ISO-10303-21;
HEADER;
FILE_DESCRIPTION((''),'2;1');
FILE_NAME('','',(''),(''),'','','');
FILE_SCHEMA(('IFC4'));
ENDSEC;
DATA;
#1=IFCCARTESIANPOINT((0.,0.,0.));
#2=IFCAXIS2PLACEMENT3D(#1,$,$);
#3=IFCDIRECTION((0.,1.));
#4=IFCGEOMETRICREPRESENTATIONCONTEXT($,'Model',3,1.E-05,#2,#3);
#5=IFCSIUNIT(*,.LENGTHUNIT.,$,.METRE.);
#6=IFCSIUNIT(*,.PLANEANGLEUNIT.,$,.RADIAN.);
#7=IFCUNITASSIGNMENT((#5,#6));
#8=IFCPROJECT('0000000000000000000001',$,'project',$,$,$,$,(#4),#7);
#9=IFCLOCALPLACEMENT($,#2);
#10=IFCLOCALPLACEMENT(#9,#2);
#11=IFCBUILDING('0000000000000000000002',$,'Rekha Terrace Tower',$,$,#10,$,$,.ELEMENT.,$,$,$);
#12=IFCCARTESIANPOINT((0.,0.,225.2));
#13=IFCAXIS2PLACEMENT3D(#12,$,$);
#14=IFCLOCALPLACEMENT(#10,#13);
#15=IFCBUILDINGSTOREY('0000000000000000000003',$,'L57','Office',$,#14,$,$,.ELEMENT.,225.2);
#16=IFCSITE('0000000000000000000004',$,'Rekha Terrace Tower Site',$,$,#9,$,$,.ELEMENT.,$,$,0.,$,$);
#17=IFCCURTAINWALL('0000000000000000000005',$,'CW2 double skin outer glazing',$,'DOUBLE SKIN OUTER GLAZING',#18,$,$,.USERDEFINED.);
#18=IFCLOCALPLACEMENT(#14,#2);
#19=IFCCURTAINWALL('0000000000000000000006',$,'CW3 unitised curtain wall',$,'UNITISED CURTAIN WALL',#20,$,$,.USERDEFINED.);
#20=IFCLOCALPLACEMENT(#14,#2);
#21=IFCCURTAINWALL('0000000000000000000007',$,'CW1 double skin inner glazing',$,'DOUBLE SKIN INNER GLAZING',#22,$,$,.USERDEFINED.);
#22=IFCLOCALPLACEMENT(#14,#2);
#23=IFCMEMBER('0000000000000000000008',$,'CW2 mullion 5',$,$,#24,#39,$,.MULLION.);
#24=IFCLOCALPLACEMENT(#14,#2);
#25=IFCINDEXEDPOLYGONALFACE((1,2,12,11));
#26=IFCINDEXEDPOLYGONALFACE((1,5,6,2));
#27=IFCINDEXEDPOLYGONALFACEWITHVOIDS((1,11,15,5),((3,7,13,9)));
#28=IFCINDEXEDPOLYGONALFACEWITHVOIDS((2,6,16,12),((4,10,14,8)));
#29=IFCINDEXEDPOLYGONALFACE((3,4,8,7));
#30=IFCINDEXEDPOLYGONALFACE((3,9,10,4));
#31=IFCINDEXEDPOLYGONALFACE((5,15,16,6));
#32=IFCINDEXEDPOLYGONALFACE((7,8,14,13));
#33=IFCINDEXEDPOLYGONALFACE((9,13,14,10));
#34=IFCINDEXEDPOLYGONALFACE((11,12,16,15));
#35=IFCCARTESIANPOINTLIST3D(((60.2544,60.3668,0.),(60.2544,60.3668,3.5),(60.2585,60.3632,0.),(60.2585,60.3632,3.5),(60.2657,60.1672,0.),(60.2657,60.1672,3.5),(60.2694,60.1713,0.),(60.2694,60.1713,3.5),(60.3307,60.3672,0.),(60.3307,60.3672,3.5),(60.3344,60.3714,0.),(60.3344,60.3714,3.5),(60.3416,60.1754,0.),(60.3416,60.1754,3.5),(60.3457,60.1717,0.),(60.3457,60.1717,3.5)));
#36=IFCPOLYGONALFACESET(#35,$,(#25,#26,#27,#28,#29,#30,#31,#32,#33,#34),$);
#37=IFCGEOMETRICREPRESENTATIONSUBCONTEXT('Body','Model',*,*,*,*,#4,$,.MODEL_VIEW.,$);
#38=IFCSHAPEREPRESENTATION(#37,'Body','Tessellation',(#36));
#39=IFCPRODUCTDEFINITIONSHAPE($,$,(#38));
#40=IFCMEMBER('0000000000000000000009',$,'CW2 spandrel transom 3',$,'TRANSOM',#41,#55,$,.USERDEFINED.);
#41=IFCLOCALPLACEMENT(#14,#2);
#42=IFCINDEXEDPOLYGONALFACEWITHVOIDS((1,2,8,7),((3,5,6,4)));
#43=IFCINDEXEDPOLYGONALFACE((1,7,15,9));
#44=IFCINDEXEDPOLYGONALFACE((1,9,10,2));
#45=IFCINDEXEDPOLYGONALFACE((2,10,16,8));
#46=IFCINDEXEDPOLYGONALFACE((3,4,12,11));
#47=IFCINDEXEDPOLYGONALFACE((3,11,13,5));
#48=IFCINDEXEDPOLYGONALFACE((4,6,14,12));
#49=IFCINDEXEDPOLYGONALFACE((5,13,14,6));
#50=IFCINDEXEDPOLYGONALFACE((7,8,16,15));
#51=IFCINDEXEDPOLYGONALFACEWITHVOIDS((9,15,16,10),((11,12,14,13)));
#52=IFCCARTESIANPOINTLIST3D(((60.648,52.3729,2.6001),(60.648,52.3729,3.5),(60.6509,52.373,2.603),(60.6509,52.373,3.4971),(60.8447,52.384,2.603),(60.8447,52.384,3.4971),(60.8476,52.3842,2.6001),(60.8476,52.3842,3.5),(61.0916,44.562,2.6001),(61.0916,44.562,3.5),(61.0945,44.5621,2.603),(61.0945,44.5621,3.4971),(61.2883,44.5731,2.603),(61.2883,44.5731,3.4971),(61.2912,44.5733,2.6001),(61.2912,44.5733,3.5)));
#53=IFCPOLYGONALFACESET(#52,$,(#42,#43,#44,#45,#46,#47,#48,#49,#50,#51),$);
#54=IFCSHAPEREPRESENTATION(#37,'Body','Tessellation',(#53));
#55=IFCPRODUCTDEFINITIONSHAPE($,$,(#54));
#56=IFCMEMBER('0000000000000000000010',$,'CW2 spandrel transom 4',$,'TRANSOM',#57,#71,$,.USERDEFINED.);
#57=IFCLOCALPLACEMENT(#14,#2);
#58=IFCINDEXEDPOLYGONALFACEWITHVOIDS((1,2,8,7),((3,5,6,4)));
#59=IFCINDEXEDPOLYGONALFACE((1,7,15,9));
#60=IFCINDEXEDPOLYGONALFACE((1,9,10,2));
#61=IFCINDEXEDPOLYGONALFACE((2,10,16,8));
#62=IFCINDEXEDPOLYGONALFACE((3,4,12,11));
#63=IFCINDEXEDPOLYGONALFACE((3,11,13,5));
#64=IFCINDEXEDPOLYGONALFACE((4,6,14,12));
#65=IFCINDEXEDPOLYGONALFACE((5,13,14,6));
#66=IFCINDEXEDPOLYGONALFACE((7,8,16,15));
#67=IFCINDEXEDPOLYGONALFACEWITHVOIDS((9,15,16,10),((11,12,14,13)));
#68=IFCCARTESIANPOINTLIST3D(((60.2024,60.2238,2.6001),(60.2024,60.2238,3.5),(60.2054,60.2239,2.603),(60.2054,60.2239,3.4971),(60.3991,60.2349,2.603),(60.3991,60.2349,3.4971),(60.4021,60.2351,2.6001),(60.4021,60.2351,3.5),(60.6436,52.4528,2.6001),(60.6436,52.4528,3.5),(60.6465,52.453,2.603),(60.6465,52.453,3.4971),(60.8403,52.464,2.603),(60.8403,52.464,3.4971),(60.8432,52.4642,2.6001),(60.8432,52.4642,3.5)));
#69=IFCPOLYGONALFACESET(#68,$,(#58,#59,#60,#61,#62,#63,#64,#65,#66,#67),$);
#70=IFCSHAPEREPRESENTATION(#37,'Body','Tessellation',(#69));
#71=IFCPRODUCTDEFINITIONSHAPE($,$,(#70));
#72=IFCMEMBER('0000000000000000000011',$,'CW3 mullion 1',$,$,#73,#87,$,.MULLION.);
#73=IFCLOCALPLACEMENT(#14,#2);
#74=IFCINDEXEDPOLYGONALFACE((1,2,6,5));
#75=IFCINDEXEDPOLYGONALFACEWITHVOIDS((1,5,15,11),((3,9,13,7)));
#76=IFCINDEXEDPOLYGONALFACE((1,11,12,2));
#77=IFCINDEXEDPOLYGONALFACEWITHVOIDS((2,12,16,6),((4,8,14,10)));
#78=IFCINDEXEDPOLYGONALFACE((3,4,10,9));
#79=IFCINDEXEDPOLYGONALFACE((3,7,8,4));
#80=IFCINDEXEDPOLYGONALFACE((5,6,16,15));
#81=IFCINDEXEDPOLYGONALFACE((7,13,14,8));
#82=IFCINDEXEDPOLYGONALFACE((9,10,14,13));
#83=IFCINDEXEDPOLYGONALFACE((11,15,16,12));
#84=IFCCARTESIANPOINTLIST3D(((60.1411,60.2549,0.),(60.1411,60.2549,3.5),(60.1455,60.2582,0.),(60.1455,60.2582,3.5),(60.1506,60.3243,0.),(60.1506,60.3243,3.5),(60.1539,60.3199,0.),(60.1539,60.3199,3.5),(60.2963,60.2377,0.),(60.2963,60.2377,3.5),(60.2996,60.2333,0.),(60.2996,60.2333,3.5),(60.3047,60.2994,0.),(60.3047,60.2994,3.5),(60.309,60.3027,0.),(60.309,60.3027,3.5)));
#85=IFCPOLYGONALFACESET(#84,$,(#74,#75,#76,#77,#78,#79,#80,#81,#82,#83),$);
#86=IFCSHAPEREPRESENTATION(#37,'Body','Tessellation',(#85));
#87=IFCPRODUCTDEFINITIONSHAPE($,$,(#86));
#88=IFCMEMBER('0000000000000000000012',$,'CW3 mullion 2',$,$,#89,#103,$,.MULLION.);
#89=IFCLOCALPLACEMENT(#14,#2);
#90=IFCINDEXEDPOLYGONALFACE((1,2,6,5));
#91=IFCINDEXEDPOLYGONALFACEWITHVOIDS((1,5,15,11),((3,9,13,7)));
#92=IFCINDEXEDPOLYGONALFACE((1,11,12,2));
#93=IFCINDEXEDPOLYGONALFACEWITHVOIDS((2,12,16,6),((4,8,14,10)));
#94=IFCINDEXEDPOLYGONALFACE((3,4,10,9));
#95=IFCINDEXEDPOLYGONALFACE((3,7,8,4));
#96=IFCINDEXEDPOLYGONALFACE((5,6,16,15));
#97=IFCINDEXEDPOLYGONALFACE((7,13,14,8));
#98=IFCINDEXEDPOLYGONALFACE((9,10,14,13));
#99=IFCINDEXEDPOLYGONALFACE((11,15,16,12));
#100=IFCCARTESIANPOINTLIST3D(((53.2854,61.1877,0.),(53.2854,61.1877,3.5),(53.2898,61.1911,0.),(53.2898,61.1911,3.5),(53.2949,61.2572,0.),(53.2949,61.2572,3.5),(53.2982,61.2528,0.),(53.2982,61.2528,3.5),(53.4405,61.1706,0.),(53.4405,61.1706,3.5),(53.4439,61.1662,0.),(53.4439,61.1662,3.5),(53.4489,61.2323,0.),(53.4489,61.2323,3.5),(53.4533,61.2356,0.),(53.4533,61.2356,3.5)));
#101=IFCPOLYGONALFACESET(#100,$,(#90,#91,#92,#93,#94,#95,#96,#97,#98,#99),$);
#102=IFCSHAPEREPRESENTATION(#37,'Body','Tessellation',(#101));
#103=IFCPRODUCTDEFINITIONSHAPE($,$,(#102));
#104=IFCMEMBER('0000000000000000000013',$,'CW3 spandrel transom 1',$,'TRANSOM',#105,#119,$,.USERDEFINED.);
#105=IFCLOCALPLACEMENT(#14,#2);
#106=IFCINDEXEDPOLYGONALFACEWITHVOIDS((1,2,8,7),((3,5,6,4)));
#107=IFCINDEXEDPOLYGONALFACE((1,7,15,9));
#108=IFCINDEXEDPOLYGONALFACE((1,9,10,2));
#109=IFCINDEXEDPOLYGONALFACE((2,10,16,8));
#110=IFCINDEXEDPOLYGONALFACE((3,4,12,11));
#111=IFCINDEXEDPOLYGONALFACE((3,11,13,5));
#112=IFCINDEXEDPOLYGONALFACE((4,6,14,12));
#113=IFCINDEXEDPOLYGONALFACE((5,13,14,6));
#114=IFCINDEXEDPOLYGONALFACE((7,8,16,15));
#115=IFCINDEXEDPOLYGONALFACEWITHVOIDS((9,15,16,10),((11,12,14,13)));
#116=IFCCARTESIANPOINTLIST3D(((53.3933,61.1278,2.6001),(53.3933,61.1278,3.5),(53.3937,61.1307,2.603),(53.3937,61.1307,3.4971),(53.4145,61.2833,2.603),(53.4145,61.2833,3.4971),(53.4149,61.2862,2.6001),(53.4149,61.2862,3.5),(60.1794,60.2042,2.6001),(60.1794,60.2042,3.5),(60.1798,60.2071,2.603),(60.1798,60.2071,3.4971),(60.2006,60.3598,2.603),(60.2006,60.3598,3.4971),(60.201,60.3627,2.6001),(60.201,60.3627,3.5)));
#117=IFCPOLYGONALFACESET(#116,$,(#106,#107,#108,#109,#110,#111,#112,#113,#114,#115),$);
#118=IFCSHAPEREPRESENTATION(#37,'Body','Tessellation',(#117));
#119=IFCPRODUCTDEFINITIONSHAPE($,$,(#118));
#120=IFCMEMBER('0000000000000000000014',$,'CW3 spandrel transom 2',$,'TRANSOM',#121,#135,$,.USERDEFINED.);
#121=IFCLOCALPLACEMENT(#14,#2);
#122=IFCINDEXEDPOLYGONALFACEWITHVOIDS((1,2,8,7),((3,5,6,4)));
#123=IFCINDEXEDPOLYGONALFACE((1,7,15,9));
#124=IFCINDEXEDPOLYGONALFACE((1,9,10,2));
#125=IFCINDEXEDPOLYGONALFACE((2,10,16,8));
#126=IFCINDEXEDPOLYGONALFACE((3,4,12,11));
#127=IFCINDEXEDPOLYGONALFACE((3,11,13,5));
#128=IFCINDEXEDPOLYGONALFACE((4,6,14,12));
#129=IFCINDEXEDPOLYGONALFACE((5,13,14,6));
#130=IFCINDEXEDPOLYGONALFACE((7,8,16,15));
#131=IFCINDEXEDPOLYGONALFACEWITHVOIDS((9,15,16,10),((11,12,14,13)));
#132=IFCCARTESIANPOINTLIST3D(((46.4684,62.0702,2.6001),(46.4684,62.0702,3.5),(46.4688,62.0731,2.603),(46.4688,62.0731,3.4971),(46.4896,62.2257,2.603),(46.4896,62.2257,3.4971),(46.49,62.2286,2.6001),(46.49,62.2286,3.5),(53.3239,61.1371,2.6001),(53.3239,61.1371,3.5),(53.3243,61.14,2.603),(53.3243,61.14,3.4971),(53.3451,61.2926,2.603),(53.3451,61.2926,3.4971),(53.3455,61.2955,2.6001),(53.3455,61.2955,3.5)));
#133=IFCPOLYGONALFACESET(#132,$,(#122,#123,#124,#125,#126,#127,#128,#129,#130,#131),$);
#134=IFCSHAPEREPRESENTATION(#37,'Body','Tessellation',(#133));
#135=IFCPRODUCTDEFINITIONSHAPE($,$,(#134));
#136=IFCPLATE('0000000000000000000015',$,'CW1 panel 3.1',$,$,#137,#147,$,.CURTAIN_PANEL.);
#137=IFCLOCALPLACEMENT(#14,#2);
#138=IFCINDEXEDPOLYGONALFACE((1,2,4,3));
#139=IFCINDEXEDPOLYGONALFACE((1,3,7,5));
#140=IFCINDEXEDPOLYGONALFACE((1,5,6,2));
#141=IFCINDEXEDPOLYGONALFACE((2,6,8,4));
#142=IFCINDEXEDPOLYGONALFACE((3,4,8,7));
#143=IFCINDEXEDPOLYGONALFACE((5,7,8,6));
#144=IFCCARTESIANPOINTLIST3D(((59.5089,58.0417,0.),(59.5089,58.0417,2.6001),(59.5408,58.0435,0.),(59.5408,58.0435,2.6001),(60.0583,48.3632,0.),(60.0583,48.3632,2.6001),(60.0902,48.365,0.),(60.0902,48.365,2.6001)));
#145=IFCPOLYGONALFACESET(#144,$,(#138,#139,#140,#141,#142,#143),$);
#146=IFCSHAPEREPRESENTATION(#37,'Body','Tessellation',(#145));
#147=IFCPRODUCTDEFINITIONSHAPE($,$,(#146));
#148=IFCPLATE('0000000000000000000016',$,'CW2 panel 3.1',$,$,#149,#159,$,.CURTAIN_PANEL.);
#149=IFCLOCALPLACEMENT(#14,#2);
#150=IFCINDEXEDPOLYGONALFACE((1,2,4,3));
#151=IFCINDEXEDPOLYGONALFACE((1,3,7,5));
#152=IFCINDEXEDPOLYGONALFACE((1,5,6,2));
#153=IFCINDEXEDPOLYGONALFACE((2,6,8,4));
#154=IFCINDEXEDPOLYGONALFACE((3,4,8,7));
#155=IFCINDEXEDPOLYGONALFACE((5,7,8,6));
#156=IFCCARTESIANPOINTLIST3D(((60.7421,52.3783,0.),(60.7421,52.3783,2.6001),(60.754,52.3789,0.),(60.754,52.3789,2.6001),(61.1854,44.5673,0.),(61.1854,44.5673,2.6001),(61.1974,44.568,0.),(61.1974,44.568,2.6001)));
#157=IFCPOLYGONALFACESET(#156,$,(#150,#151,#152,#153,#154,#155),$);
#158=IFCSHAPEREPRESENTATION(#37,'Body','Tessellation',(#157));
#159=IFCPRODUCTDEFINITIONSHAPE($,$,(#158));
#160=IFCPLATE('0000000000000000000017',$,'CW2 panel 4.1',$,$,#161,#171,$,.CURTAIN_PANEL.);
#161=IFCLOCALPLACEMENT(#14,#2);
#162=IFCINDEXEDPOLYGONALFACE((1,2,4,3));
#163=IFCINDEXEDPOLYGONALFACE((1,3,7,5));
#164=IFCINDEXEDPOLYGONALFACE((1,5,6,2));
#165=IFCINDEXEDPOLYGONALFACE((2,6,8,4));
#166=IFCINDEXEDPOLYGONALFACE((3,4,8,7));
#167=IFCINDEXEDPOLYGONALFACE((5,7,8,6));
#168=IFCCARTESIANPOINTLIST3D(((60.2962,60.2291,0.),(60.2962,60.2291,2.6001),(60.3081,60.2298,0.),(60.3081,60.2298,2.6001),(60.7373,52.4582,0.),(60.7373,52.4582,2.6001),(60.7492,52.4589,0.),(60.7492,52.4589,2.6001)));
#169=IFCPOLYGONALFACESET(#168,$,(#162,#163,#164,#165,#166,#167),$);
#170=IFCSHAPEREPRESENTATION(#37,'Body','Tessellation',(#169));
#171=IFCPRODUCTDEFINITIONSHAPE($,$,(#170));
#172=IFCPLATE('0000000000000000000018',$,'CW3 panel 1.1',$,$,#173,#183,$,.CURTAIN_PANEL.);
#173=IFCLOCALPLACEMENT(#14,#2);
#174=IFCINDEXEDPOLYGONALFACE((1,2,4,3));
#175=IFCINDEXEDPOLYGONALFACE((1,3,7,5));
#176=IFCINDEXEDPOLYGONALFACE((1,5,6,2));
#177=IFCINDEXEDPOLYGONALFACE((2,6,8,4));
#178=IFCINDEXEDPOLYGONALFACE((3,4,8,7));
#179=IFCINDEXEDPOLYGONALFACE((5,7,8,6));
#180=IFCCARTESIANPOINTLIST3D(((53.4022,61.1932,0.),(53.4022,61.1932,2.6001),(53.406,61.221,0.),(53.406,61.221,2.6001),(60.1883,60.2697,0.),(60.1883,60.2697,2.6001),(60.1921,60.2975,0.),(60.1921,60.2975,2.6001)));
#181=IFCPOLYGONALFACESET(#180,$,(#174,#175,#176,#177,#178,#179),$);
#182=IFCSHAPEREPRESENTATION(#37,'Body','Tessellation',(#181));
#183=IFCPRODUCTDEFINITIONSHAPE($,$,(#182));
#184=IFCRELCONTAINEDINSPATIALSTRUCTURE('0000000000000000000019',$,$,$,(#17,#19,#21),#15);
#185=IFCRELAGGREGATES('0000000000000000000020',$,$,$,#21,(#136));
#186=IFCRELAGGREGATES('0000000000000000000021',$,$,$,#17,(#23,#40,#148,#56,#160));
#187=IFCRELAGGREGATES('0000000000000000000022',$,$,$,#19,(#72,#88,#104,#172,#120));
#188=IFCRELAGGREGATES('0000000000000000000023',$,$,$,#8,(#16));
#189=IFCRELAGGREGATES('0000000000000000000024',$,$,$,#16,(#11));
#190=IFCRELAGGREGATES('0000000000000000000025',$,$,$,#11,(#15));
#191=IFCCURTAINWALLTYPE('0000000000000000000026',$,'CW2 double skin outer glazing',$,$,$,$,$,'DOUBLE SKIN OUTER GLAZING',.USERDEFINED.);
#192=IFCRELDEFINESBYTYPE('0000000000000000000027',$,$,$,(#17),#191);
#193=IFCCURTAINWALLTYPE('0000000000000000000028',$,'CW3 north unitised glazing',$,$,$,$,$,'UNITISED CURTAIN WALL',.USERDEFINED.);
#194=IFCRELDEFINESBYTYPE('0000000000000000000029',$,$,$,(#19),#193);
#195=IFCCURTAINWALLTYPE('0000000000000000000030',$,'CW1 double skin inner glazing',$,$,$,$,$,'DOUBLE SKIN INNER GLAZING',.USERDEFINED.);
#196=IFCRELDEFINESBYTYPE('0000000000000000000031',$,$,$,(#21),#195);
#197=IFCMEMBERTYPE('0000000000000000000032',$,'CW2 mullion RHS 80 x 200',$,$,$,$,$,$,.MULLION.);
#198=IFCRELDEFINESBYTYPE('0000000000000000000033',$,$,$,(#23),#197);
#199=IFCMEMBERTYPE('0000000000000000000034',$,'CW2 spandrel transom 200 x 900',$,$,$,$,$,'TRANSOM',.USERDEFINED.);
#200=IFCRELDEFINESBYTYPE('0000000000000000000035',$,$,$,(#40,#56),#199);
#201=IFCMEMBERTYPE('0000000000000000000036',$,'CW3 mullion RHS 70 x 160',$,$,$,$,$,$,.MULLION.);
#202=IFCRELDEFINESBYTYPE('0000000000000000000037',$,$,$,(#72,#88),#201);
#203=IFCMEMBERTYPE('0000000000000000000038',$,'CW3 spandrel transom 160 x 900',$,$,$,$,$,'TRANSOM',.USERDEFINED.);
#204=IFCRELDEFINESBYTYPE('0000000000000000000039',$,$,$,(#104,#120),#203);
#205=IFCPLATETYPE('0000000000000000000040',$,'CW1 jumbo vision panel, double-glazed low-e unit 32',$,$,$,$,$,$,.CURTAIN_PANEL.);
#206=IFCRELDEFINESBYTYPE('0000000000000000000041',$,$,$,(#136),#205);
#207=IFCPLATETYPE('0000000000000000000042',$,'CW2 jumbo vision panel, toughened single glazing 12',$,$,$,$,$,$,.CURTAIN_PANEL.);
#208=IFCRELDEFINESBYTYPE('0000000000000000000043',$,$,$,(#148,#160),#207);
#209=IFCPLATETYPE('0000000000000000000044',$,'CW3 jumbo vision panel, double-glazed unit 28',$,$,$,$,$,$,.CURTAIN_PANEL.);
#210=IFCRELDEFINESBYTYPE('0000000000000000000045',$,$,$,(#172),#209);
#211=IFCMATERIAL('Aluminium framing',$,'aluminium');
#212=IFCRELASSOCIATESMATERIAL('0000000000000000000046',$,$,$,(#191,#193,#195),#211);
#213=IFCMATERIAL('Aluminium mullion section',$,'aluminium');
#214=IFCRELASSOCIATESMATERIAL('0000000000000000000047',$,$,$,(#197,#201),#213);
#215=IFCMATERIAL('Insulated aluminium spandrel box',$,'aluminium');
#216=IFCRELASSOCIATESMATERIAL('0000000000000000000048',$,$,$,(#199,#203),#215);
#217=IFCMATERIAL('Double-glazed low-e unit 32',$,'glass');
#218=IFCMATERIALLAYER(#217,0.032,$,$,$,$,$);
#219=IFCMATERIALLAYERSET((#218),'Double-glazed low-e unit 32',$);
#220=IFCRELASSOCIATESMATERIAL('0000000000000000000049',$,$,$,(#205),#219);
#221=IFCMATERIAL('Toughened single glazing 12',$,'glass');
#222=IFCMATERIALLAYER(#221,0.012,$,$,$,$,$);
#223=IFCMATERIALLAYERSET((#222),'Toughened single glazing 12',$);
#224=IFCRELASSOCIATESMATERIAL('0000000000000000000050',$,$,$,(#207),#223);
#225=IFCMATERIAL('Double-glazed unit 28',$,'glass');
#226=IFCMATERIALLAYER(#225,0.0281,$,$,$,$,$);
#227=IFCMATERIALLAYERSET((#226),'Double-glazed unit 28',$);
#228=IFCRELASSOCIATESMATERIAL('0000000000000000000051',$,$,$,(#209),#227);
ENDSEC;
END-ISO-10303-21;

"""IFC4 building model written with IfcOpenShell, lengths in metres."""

from ifc_helpers import new_model, si_unit, direction, frame, origin, origin_2d, place, context, subcontext, project, spatial, rectangle, hollow_rectangle, extrude, material, layer, layer_set, material_profile, profile_set, type_object, element, aggregate, save


model = new_model("IFC4")

# Units and contexts
model_context = context("Model", 3, precision=1e-05, world=origin(), true_north=direction((0.0, 1.0)))
body_context = subcontext(model_context, "Body", "Model", "MODEL_VIEW")
ifc_project = project(units=[si_unit("LENGTHUNIT", "METRE"), si_unit("PLANEANGLEUNIT", "RADIAN")], contexts=[model_context])

# Site, building, storey
site_placement = place(None, origin())
site = spatial("IfcSite", under=ifc_project, at=site_placement, Name="Rekha Terrace Tower Site", CompositionType="ELEMENT", RefElevation=0.0)
building_placement = place(site_placement, origin())
building = spatial("IfcBuilding", under=site, at=building_placement, Name="Rekha Terrace Tower", CompositionType="ELEMENT")
storey_placement = place(building_placement, frame((0.0, 0.0, 225.2)))
storey = spatial("IfcBuildingStorey", under=building, at=storey_placement, Name="L57", Description="Office", CompositionType="ELEMENT", Elevation=225.2)

# Curtain wall
ifc_material_1 = material(Name="Aluminium framing", Category="aluminium")
curtain_wall_type_1 = type_object("IfcCurtainWallType", Name="CW2 double skin outer glazing", ElementType="DOUBLE SKIN OUTER GLAZING", PredefinedType="USERDEFINED", material=ifc_material_1)
curtain_wall_1_placement = place(storey_placement, origin())
curtain_wall_1 = element("IfcCurtainWall", 1, at=curtain_wall_1_placement, inside=storey, type_object=curtain_wall_type_1, Name="CW2 double skin outer glazing", ObjectType="DOUBLE SKIN OUTER GLAZING", PredefinedType="USERDEFINED")

# Curtain wall
curtain_wall_type_2 = type_object("IfcCurtainWallType", Name="CW3 north unitised glazing", ElementType="UNITISED CURTAIN WALL", PredefinedType="USERDEFINED", material=ifc_material_1)
curtain_wall_2_placement = place(storey_placement, origin())
curtain_wall_2 = element("IfcCurtainWall", 2, at=curtain_wall_2_placement, inside=storey, type_object=curtain_wall_type_2, Name="CW3 unitised curtain wall", ObjectType="UNITISED CURTAIN WALL", PredefinedType="USERDEFINED")

# Curtain wall
curtain_wall_type_3 = type_object("IfcCurtainWallType", Name="CW1 double skin inner glazing", ElementType="DOUBLE SKIN INNER GLAZING", PredefinedType="USERDEFINED", material=ifc_material_1)
curtain_wall_3_placement = place(storey_placement, origin())
curtain_wall_3 = element("IfcCurtainWall", 3, at=curtain_wall_3_placement, inside=storey, type_object=curtain_wall_type_3, Name="CW1 double skin inner glazing", ObjectType="DOUBLE SKIN INNER GLAZING", PredefinedType="USERDEFINED")
ifc_material_2 = material(Name="Aluminium mullion section", Category="aluminium")
ifc_material_3 = material(Name="Insulated aluminium spandrel box", Category="aluminium")

# Members
ifc_material_profile_1 = material_profile(ifc_material_2, hollow_rectangle(XDim=0.0801, YDim=0.2, WallThickness=0.0039, at=origin_2d()), Name="AL RHS 80x200")
ifc_profile_set_1 = profile_set([ifc_material_profile_1], Name="Aluminium mullion section")
member_type_1 = type_object("IfcMemberType", Name="CW2 mullion RHS 80 x 200", PredefinedType="MULLION", material=ifc_profile_set_1)
member_1_placement = place(storey_placement, frame((60.3, 60.2693, 0.0), z_axis=(0.0, 0.0, 1.0), x_axis=(-0.998393, -0.056673, 0.0)))
member_1 = element("IfcMember", 4, at=member_1_placement, type_object=member_type_1, Name="CW2 mullion 5", PredefinedType="MULLION", context=body_context, shape_type="SweptSolid", body=[
    extrude(hollow_rectangle(XDim=0.0801, YDim=0.2, WallThickness=0.0039, at=origin_2d()), origin(), (0.0, 0.0, 1.0), 3.5),
])
ifc_material_profile_2 = material_profile(ifc_material_3, hollow_rectangle(XDim=0.2, YDim=0.8999, WallThickness=0.0029, at=origin_2d()), Name="AL SPANDREL BOX 200x900")
ifc_profile_set_2 = profile_set([ifc_material_profile_2], Name="Insulated aluminium spandrel box")
member_type_2 = type_object("IfcMemberType", Name="CW2 spandrel transom 200 x 900", ElementType="TRANSOM", PredefinedType="USERDEFINED", material=ifc_profile_set_2)
member_2_placement = place(storey_placement, frame((61.1914, 44.5676, 3.05), z_axis=(-0.056702, 0.998391, 0.0), x_axis=(-0.998391, -0.056702, 0.0)))
member_2 = element("IfcMember", 5, at=member_2_placement, type_object=member_type_2, Name="CW2 spandrel transom 3", ObjectType="TRANSOM", PredefinedType="USERDEFINED", context=body_context, shape_type="SweptSolid", body=[
    extrude(hollow_rectangle(XDim=0.2, YDim=0.8999, WallThickness=0.0029, at=origin_2d()), origin(), (0.0, 0.0, 1.0), 7.8235),
])
member_3_placement = place(storey_placement, frame((60.7434, 52.4585, 3.05), z_axis=(-0.056679, 0.998392, 0.0), x_axis=(-0.998392, -0.056679, 0.0)))
member_3 = element("IfcMember", 6, at=member_3_placement, type_object=member_type_2, Name="CW2 spandrel transom 4", ObjectType="TRANSOM", PredefinedType="USERDEFINED", context=body_context, shape_type="SweptSolid", body=[
    extrude(hollow_rectangle(XDim=0.2, YDim=0.8999, WallThickness=0.0029, at=origin_2d()), origin(), (0.0, 0.0, 1.0), 7.7834),
])
ifc_material_profile_3 = material_profile(ifc_material_2, hollow_rectangle(XDim=0.0701, YDim=0.1599, WallThickness=0.0039, at=origin_2d()), Name="AL RHS 70x160")
ifc_profile_set_3 = profile_set([ifc_material_profile_3], Name="Aluminium mullion section")
member_type_3 = type_object("IfcMemberType", Name="CW3 mullion RHS 70 x 160", PredefinedType="MULLION", material=ifc_profile_set_3)
member_4_placement = place(storey_placement, frame((60.2251, 60.2788, 0.0), z_axis=(0.0, 0.0, 1.0), x_axis=(-0.134841, -0.990867, 0.0)))
member_4 = element("IfcMember", 7, at=member_4_placement, type_object=member_type_3, Name="CW3 mullion 1", PredefinedType="MULLION", context=body_context, shape_type="SweptSolid", body=[
    extrude(hollow_rectangle(XDim=0.0701, YDim=0.1599, WallThickness=0.0039, at=origin_2d()), origin(), (0.0, 0.0, 1.0), 3.5),
])
member_5_placement = place(storey_placement, frame((53.3694, 61.2117, 0.0), z_axis=(0.0, 0.0, 1.0), x_axis=(-0.134841, -0.990867, 0.0)))
member_5 = element("IfcMember", 8, at=member_5_placement, type_object=member_type_3, Name="CW3 mullion 2", PredefinedType="MULLION", context=body_context, shape_type="SweptSolid", body=[
    extrude(hollow_rectangle(XDim=0.0701, YDim=0.1599, WallThickness=0.0039, at=origin_2d()), origin(), (0.0, 0.0, 1.0), 3.5),
])
ifc_material_profile_4 = material_profile(ifc_material_3, hollow_rectangle(XDim=0.1599, YDim=0.8999, WallThickness=0.0029, at=origin_2d()), Name="AL SPANDREL BOX 160x900")
ifc_profile_set_4 = profile_set([ifc_material_profile_4], Name="Insulated aluminium spandrel box")
member_type_4 = type_object("IfcMemberType", Name="CW3 spandrel transom 160 x 900", ElementType="TRANSOM", PredefinedType="USERDEFINED", material=ifc_profile_set_4)
member_6_placement = place(storey_placement, frame((60.1902, 60.2834, 3.05), z_axis=(-0.990865, 0.134855, 0.0), x_axis=(-0.134855, -0.990865, 0.0)))
member_6 = element("IfcMember", 9, at=member_6_placement, type_object=member_type_4, Name="CW3 spandrel transom 1", ObjectType="TRANSOM", PredefinedType="USERDEFINED", context=body_context, shape_type="SweptSolid", body=[
    extrude(hollow_rectangle(XDim=0.1599, YDim=0.8999, WallThickness=0.0029, at=origin_2d()), origin(), (0.0, 0.0, 1.0), 6.8486),
])
member_7_placement = place(storey_placement, frame((53.3347, 61.2163, 3.05), z_axis=(-0.990864, 0.134868, 0.0), x_axis=(-0.134868, -0.990864, 0.0)))
member_7 = element("IfcMember", 10, at=member_7_placement, type_object=member_type_4, Name="CW3 spandrel transom 2", ObjectType="TRANSOM", PredefinedType="USERDEFINED", context=body_context, shape_type="SweptSolid", body=[
    extrude(hollow_rectangle(XDim=0.1599, YDim=0.8999, WallThickness=0.0029, at=origin_2d()), origin(), (0.0, 0.0, 1.0), 6.9187),
])

# Plates
ifc_material_4 = material(Name="Double-glazed low-e unit 32", Category="glass")
ifc_layer_1 = layer(ifc_material_4, 0.032)
ifc_layer_set_1 = layer_set([ifc_layer_1], Name="Double-glazed low-e unit 32")
plate_type_1 = type_object("IfcPlateType", Name="CW1 jumbo vision panel, double-glazed low-e unit 32", PredefinedType="CURTAIN_PANEL", material=ifc_layer_set_1)
plate_1_placement = place(storey_placement, frame((59.7996, 53.2034, 0.0), z_axis=(0.0, 0.0, 1.0), x_axis=(-0.056673, 0.998393, 0.0)))
plate_1 = element("IfcPlate", 11, at=plate_1_placement, type_object=plate_type_1, Name="CW1 panel 3.1", PredefinedType="CURTAIN_PANEL", context=body_context, shape_type="SweptSolid", body=[
    extrude(rectangle(XDim=9.6941, YDim=0.032, at=origin_2d()), origin(), (0.0, 0.0, 1.0), 2.6001),
])
aggregate(curtain_wall_3, [plate_1])
ifc_material_5 = material(Name="Toughened single glazing 12", Category="glass")
ifc_layer_2 = layer(ifc_material_5, 0.012)
ifc_layer_set_2 = layer_set([ifc_layer_2], Name="Toughened single glazing 12")
plate_type_2 = type_object("IfcPlateType", Name="CW2 jumbo vision panel, toughened single glazing 12", PredefinedType="CURTAIN_PANEL", material=ifc_layer_set_2)
plate_2_placement = place(storey_placement, frame((60.9697, 48.4731, 0.0), z_axis=(0.0, 0.0, 1.0), x_axis=(-0.056673, 0.998393, 0.0)))
plate_2 = element("IfcPlate", 12, at=plate_2_placement, type_object=plate_type_2, Name="CW2 panel 3.1", PredefinedType="CURTAIN_PANEL", context=body_context, shape_type="SweptSolid", body=[
    extrude(rectangle(XDim=7.8235, YDim=0.012, at=origin_2d()), origin(), (0.0, 0.0, 1.0), 2.6001),
])
plate_3_placement = place(storey_placement, frame((60.5227, 56.344, 0.0), z_axis=(0.0, 0.0, 1.0), x_axis=(-0.056673, 0.998393, 0.0)))
plate_3 = element("IfcPlate", 13, at=plate_3_placement, type_object=plate_type_2, Name="CW2 panel 4.1", PredefinedType="CURTAIN_PANEL", context=body_context, shape_type="SweptSolid", body=[
    extrude(rectangle(XDim=7.7834, YDim=0.012, at=origin_2d()), origin(), (0.0, 0.0, 1.0), 2.6001),
])
aggregate(curtain_wall_1, [member_1, member_2, plate_2, member_3, plate_3])
ifc_material_6 = material(Name="Double-glazed unit 28", Category="glass")
ifc_layer_3 = layer(ifc_material_6, 0.0281)
ifc_layer_set_3 = layer_set([ifc_layer_3], Name="Double-glazed unit 28")
plate_type_3 = type_object("IfcPlateType", Name="CW3 jumbo vision panel, double-glazed unit 28", PredefinedType="CURTAIN_PANEL", material=ifc_layer_set_3)
plate_4_placement = place(storey_placement, frame((56.7971, 60.7454, 0.0), z_axis=(0.0, 0.0, 1.0), x_axis=(-0.990867, 0.134841, 0.0)))
plate_4 = element("IfcPlate", 14, at=plate_4_placement, type_object=plate_type_3, Name="CW3 panel 1.1", PredefinedType="CURTAIN_PANEL", context=body_context, shape_type="SweptSolid", body=[
    extrude(rectangle(XDim=6.8486, YDim=0.0281, at=origin_2d()), origin(), (0.0, 0.0, 1.0), 2.6001),
])
aggregate(curtain_wall_2, [member_4, member_5, member_6, plate_4, member_7])

save(model, "model.ifc")
